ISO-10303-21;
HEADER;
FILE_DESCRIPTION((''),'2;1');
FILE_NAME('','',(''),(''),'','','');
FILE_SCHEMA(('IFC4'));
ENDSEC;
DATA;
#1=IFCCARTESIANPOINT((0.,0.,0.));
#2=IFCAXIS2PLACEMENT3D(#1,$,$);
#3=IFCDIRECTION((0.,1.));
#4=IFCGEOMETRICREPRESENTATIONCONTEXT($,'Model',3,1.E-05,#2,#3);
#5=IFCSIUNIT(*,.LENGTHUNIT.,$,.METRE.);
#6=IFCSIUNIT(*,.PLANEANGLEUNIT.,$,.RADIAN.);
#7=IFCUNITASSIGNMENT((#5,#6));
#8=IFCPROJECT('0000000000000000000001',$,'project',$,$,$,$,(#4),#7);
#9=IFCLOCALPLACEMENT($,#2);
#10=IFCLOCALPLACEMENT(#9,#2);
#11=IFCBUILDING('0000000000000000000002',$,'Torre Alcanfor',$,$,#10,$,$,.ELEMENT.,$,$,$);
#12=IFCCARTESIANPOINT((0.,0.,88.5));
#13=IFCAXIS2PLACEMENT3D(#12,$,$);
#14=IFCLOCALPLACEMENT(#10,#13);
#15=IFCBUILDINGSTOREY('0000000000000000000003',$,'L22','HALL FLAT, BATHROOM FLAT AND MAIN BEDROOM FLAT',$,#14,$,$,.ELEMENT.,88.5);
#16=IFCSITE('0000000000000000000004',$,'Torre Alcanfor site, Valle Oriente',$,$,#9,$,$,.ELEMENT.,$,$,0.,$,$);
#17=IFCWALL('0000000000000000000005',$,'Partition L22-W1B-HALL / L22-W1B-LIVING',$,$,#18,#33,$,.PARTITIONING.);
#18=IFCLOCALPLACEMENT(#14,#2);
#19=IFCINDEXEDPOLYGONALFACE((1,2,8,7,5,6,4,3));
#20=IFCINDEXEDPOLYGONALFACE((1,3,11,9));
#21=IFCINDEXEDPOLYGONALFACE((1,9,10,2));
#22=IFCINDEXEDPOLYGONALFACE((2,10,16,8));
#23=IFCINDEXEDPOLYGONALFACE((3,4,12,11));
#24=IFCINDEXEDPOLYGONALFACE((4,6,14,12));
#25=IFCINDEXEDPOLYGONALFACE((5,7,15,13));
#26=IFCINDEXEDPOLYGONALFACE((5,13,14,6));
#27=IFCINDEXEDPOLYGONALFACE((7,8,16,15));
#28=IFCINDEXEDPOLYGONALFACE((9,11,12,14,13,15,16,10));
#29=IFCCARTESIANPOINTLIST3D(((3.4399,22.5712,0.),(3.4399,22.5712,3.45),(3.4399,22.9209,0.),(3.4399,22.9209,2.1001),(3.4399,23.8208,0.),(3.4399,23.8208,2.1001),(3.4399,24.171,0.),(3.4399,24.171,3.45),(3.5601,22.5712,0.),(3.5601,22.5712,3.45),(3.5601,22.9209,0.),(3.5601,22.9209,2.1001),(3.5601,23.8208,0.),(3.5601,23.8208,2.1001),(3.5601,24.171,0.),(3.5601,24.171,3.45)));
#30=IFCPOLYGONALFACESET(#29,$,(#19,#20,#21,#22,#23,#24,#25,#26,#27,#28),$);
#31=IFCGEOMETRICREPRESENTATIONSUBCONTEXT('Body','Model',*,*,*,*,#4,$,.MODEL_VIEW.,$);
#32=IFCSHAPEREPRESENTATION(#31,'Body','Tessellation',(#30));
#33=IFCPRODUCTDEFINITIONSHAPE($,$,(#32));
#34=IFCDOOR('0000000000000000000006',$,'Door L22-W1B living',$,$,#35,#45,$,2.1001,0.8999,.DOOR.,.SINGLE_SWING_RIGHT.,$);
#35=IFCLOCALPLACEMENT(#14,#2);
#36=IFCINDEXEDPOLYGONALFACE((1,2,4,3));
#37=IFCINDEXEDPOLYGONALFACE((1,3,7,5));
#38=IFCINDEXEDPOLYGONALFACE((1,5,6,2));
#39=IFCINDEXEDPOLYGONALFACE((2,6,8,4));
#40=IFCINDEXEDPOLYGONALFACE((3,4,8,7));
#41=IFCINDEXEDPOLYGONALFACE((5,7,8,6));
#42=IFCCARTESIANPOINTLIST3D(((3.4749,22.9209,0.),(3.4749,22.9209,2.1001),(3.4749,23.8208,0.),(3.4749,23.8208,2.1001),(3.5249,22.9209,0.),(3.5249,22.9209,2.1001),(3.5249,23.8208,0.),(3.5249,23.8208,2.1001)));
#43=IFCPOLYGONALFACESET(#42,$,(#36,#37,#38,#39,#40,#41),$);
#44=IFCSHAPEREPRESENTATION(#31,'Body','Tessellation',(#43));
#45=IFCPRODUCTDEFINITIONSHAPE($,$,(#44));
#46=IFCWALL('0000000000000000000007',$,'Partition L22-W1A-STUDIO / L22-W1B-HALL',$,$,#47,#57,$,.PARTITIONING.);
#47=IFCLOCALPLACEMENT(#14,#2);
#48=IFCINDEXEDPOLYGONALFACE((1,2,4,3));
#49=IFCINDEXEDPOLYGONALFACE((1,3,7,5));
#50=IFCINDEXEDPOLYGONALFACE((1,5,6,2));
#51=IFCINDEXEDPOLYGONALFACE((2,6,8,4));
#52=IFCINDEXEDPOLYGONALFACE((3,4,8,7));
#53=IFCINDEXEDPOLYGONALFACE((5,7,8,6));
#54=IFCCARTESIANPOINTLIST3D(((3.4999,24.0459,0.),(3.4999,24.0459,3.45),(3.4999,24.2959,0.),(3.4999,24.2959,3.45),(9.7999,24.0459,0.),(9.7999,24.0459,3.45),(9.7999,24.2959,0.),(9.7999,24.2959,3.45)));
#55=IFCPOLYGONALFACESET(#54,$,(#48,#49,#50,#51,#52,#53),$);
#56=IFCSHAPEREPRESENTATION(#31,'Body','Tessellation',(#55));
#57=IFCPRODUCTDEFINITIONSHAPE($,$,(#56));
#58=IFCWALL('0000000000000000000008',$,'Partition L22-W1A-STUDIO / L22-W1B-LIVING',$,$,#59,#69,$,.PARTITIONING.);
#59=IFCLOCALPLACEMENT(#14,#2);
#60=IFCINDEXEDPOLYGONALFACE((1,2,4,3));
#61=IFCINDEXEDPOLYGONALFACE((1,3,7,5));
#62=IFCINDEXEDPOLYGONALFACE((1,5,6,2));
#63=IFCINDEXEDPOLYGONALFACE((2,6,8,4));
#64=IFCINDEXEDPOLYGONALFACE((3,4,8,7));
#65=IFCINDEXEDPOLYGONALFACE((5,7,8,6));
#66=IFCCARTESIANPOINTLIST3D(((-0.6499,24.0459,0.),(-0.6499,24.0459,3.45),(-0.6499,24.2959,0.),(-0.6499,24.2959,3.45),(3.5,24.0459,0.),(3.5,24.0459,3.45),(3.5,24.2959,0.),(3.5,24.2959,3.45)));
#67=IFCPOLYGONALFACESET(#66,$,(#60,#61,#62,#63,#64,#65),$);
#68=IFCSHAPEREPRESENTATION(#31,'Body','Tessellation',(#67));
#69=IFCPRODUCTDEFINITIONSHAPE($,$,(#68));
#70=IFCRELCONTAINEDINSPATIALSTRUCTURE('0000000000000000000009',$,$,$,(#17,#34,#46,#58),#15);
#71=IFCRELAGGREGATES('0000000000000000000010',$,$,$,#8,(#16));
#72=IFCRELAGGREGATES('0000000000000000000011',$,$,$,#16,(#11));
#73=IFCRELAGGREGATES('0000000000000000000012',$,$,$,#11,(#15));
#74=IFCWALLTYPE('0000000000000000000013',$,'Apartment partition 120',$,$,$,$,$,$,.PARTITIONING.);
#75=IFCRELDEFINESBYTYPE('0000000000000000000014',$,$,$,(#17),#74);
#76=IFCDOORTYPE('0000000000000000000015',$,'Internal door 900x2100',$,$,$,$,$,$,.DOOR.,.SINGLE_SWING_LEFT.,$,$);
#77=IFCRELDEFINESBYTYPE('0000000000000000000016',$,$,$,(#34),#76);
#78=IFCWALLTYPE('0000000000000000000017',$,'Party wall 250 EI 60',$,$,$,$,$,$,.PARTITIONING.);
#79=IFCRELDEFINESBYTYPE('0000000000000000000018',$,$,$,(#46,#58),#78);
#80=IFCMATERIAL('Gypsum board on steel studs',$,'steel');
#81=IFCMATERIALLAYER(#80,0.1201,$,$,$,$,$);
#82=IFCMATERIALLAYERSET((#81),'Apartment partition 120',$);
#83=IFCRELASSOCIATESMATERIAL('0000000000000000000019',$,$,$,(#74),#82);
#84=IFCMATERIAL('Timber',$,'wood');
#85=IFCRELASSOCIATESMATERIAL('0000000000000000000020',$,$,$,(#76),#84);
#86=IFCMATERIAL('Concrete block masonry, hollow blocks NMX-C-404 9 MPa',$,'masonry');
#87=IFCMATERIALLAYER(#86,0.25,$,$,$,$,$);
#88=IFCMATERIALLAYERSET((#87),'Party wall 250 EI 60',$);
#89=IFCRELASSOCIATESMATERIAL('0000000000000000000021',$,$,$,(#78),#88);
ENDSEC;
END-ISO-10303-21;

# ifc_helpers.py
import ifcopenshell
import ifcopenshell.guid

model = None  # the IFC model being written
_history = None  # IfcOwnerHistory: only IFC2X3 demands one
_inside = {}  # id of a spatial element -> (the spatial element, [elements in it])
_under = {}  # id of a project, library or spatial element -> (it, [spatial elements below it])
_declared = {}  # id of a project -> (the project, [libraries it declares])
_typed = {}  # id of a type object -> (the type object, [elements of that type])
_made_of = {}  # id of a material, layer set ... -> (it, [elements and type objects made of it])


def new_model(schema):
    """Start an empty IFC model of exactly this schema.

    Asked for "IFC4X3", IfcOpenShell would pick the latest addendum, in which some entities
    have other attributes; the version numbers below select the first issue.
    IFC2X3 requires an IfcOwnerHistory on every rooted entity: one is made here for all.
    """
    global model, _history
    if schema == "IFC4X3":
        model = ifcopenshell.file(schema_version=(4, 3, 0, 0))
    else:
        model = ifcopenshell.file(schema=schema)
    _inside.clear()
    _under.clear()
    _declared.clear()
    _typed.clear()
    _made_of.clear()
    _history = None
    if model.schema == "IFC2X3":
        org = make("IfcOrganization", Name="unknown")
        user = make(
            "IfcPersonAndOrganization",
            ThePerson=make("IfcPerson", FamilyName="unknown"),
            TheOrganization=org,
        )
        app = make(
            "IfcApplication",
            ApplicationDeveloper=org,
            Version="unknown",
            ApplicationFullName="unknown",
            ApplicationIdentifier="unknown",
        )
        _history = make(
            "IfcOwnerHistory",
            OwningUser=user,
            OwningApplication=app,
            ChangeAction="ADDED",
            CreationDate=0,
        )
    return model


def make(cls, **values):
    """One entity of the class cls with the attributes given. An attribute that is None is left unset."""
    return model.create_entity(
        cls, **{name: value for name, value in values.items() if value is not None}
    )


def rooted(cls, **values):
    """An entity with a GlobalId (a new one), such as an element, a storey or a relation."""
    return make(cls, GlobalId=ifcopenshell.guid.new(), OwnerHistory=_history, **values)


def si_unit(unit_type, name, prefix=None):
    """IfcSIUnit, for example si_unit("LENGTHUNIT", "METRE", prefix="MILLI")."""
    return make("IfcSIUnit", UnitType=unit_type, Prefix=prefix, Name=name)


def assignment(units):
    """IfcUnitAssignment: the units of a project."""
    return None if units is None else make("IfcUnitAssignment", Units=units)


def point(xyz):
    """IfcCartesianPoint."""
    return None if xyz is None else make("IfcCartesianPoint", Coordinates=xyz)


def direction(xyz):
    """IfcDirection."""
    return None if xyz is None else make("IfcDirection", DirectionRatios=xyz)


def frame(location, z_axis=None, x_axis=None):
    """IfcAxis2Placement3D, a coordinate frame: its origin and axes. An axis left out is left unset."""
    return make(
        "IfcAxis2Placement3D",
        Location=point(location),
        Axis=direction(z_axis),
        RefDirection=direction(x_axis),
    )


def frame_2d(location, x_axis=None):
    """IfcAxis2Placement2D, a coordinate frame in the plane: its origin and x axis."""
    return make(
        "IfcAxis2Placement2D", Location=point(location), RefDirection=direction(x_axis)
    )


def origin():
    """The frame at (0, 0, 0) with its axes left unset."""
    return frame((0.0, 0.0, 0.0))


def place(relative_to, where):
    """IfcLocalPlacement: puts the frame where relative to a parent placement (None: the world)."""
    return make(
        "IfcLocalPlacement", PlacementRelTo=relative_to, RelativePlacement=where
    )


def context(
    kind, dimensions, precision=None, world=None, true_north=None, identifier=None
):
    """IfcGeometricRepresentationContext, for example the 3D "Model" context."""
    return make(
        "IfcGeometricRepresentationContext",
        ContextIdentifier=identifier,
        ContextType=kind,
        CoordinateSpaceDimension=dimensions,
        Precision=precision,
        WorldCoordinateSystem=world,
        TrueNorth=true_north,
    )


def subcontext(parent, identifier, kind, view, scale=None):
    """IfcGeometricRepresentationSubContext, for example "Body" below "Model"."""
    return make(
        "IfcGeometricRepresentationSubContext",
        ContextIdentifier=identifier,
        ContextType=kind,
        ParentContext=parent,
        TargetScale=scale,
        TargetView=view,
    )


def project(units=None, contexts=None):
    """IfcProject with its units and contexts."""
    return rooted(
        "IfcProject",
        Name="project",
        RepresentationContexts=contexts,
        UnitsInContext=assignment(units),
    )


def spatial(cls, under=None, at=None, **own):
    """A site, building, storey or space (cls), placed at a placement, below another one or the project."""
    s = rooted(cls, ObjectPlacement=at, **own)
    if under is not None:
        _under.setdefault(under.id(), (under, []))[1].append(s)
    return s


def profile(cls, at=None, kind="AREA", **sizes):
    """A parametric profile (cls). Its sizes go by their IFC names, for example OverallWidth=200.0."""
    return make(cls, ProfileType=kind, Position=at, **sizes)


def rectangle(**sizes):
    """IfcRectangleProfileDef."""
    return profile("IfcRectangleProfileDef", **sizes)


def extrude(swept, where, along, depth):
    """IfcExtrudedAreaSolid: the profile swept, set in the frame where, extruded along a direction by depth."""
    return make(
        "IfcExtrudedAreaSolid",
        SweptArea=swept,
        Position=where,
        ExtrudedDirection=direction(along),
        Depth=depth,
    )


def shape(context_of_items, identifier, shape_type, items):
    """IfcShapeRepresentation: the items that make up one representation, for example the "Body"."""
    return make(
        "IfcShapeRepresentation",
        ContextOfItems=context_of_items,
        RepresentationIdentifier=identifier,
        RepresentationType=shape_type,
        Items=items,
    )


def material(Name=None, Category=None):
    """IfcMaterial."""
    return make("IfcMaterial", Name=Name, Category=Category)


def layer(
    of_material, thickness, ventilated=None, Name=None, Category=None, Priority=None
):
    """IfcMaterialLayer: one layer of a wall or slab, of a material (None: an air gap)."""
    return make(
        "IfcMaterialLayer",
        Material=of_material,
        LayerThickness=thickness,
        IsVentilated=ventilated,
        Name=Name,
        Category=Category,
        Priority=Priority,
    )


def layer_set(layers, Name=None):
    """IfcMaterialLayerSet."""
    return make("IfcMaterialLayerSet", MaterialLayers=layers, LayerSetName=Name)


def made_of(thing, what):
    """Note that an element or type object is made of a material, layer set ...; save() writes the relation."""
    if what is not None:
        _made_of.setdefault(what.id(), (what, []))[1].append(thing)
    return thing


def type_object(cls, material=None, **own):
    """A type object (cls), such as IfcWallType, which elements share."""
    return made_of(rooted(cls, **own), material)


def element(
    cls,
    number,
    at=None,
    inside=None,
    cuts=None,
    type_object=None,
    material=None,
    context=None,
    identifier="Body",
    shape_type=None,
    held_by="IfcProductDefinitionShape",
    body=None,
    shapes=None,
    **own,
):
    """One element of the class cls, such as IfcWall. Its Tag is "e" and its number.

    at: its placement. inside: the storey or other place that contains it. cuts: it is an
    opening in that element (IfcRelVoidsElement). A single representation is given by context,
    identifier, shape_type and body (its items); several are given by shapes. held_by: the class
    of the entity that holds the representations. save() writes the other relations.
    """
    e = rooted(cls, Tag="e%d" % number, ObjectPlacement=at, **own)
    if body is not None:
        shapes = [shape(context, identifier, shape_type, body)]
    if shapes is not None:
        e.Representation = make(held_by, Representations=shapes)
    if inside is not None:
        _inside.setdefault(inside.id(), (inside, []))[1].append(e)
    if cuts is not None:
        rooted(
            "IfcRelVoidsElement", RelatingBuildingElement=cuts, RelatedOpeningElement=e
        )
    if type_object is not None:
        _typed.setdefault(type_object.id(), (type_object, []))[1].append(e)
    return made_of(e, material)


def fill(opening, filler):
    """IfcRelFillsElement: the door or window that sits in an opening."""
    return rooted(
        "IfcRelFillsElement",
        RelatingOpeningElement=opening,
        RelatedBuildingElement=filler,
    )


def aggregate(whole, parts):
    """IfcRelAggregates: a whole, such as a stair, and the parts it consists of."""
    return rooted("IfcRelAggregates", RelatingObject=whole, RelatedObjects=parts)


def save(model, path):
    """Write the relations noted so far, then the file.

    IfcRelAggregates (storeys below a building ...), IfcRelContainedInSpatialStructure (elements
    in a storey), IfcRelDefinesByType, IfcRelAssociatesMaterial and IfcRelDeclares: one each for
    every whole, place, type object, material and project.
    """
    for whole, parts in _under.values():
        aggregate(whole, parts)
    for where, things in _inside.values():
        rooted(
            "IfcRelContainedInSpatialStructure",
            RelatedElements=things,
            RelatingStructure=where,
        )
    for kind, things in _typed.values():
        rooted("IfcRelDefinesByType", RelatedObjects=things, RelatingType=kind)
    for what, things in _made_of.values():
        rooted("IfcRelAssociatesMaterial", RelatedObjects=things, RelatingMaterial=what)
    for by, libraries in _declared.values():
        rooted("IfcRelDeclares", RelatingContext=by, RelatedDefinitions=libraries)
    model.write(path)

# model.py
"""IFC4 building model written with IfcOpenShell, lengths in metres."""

from ifc_helpers import new_model, si_unit, direction, frame, frame_2d, origin, place, context, subcontext, project, spatial, rectangle, extrude, material, layer, layer_set, type_object, element, fill, save


model = new_model("IFC4")

# Units and contexts
model_context = context("Model", 3, precision=1e-05, world=origin(), true_north=direction((0.0, 1.0)))
body_context = subcontext(model_context, "Body", "Model", "MODEL_VIEW")
ifc_project = project(units=[si_unit("LENGTHUNIT", "METRE"), si_unit("PLANEANGLEUNIT", "RADIAN")], contexts=[model_context])

# Site, building, storey
site_placement = place(None, origin())
site = spatial("IfcSite", under=ifc_project, at=site_placement, Name="Torre Alcanfor site, Valle Oriente", CompositionType="ELEMENT", RefElevation=0.0)
building_placement = place(site_placement, origin())
building = spatial("IfcBuilding", under=site, at=building_placement, Name="Torre Alcanfor", CompositionType="ELEMENT")
storey_placement = place(building_placement, frame((0.0, 0.0, 88.5)))
storey = spatial("IfcBuildingStorey", under=building, at=storey_placement, Name="L22", Description="HALL FLAT, BATHROOM FLAT AND MAIN BEDROOM FLAT", CompositionType="ELEMENT", Elevation=88.5)

# Shared definitions
ifc_material_1 = material(Name="Gypsum board on steel studs", Category="steel")
ifc_layer_1 = layer(ifc_material_1, 0.1201)
ifc_layer_set_1 = layer_set([ifc_layer_1], Name="Apartment partition 120")
wall_type_1 = type_object("IfcWallType", Name="Apartment partition 120", PredefinedType="PARTITIONING", material=ifc_layer_set_1)

# Wall, opening, door
wall_1_placement = place(storey_placement, frame((3.5, 24.1709, 0.0), z_axis=(0.0, 0.0, 1.0), x_axis=(0.0, -1.0, 0.0)))
wall_1 = element("IfcWall", 1, at=wall_1_placement, inside=storey, type_object=wall_type_1, Name="Partition L22-W1B-HALL / L22-W1B-LIVING", PredefinedType="PARTITIONING", context=body_context, shape_type="SweptSolid", body=[
    extrude(rectangle(XDim=1.5999, YDim=0.1201, at=frame_2d((0.7998, 0.0))), origin(), (0.0, 0.0, 1.0), 3.45),
])
opening_placement = place(wall_1_placement, frame((0.3501, 0.0, 0.0)))
opening = element("IfcOpeningElement", 2, at=opening_placement, cuts=wall_1, PredefinedType="OPENING", context=body_context, shape_type="SweptSolid", body=[
    extrude(rectangle(XDim=0.8999, YDim=2.1001, at=frame_2d((0.45, 1.05))), frame((0.0, 0.0701, 0.0), z_axis=(0.0, -1.0, 0.0), x_axis=(1.0, 0.0, 0.0)), (0.0, 0.0, 1.0), 0.1401),
])
ifc_material_2 = material(Name="Timber", Category="wood")
door_type = type_object("IfcDoorType", Name="Internal door 900x2100", OperationType="SINGLE_SWING_LEFT", PredefinedType="DOOR", material=ifc_material_2)
door_placement = place(opening_placement, frame((0.8999, 0.0, 0.0), z_axis=(0.0, 0.0, 1.0), x_axis=(-1.0, 0.0, 0.0)))
door = element("IfcDoor", 3, at=door_placement, inside=storey, type_object=door_type, Name="Door L22-W1B living", OperationType="SINGLE_SWING_RIGHT", OverallHeight=2.1001, OverallWidth=0.8999, PredefinedType="DOOR", context=body_context, shape_type="SweptSolid", body=[
    extrude(rectangle(XDim=0.8999, YDim=2.1001, at=frame_2d((0.45, 1.05))), frame((0.0, 0.0251, 0.0), z_axis=(0.0, -1.0, 0.0), x_axis=(1.0, 0.0, 0.0)), (0.0, 0.0, 1.0), 0.05),
])
fill(opening, door)

# Walls
ifc_material_3 = material(Name="Concrete block masonry, hollow blocks NMX-C-404 9 MPa", Category="masonry")
ifc_layer_2 = layer(ifc_material_3, 0.25)
ifc_layer_set_2 = layer_set([ifc_layer_2], Name="Party wall 250 EI 60")
wall_type_2 = type_object("IfcWallType", Name="Party wall 250 EI 60", PredefinedType="PARTITIONING", material=ifc_layer_set_2)
wall_2_placement = place(storey_placement, frame((3.5, 24.1709, 0.0), z_axis=(0.0, 0.0, 1.0), x_axis=(1.0, 0.0, 0.0)))
element("IfcWall", 4, at=wall_2_placement, inside=storey, type_object=wall_type_2, Name="Partition L22-W1A-STUDIO / L22-W1B-HALL", PredefinedType="PARTITIONING", context=body_context, shape_type="SweptSolid", body=[
    extrude(rectangle(XDim=6.3, YDim=0.25, at=frame_2d((3.1499, 0.0))), origin(), (0.0, 0.0, 1.0), 3.45),
])
wall_3_placement = place(storey_placement, frame((-0.6499, 24.1709, 0.0), z_axis=(0.0, 0.0, 1.0), x_axis=(1.0, 0.0, 0.0)))
element("IfcWall", 5, at=wall_3_placement, inside=storey, type_object=wall_type_2, Name="Partition L22-W1A-STUDIO / L22-W1B-LIVING", PredefinedType="PARTITIONING", context=body_context, shape_type="SweptSolid", body=[
    extrude(rectangle(XDim=4.1499, YDim=0.25, at=frame_2d((2.075, 0.0))), origin(), (0.0, 0.0, 1.0), 3.45),
])

save(model, "model.ifc")
